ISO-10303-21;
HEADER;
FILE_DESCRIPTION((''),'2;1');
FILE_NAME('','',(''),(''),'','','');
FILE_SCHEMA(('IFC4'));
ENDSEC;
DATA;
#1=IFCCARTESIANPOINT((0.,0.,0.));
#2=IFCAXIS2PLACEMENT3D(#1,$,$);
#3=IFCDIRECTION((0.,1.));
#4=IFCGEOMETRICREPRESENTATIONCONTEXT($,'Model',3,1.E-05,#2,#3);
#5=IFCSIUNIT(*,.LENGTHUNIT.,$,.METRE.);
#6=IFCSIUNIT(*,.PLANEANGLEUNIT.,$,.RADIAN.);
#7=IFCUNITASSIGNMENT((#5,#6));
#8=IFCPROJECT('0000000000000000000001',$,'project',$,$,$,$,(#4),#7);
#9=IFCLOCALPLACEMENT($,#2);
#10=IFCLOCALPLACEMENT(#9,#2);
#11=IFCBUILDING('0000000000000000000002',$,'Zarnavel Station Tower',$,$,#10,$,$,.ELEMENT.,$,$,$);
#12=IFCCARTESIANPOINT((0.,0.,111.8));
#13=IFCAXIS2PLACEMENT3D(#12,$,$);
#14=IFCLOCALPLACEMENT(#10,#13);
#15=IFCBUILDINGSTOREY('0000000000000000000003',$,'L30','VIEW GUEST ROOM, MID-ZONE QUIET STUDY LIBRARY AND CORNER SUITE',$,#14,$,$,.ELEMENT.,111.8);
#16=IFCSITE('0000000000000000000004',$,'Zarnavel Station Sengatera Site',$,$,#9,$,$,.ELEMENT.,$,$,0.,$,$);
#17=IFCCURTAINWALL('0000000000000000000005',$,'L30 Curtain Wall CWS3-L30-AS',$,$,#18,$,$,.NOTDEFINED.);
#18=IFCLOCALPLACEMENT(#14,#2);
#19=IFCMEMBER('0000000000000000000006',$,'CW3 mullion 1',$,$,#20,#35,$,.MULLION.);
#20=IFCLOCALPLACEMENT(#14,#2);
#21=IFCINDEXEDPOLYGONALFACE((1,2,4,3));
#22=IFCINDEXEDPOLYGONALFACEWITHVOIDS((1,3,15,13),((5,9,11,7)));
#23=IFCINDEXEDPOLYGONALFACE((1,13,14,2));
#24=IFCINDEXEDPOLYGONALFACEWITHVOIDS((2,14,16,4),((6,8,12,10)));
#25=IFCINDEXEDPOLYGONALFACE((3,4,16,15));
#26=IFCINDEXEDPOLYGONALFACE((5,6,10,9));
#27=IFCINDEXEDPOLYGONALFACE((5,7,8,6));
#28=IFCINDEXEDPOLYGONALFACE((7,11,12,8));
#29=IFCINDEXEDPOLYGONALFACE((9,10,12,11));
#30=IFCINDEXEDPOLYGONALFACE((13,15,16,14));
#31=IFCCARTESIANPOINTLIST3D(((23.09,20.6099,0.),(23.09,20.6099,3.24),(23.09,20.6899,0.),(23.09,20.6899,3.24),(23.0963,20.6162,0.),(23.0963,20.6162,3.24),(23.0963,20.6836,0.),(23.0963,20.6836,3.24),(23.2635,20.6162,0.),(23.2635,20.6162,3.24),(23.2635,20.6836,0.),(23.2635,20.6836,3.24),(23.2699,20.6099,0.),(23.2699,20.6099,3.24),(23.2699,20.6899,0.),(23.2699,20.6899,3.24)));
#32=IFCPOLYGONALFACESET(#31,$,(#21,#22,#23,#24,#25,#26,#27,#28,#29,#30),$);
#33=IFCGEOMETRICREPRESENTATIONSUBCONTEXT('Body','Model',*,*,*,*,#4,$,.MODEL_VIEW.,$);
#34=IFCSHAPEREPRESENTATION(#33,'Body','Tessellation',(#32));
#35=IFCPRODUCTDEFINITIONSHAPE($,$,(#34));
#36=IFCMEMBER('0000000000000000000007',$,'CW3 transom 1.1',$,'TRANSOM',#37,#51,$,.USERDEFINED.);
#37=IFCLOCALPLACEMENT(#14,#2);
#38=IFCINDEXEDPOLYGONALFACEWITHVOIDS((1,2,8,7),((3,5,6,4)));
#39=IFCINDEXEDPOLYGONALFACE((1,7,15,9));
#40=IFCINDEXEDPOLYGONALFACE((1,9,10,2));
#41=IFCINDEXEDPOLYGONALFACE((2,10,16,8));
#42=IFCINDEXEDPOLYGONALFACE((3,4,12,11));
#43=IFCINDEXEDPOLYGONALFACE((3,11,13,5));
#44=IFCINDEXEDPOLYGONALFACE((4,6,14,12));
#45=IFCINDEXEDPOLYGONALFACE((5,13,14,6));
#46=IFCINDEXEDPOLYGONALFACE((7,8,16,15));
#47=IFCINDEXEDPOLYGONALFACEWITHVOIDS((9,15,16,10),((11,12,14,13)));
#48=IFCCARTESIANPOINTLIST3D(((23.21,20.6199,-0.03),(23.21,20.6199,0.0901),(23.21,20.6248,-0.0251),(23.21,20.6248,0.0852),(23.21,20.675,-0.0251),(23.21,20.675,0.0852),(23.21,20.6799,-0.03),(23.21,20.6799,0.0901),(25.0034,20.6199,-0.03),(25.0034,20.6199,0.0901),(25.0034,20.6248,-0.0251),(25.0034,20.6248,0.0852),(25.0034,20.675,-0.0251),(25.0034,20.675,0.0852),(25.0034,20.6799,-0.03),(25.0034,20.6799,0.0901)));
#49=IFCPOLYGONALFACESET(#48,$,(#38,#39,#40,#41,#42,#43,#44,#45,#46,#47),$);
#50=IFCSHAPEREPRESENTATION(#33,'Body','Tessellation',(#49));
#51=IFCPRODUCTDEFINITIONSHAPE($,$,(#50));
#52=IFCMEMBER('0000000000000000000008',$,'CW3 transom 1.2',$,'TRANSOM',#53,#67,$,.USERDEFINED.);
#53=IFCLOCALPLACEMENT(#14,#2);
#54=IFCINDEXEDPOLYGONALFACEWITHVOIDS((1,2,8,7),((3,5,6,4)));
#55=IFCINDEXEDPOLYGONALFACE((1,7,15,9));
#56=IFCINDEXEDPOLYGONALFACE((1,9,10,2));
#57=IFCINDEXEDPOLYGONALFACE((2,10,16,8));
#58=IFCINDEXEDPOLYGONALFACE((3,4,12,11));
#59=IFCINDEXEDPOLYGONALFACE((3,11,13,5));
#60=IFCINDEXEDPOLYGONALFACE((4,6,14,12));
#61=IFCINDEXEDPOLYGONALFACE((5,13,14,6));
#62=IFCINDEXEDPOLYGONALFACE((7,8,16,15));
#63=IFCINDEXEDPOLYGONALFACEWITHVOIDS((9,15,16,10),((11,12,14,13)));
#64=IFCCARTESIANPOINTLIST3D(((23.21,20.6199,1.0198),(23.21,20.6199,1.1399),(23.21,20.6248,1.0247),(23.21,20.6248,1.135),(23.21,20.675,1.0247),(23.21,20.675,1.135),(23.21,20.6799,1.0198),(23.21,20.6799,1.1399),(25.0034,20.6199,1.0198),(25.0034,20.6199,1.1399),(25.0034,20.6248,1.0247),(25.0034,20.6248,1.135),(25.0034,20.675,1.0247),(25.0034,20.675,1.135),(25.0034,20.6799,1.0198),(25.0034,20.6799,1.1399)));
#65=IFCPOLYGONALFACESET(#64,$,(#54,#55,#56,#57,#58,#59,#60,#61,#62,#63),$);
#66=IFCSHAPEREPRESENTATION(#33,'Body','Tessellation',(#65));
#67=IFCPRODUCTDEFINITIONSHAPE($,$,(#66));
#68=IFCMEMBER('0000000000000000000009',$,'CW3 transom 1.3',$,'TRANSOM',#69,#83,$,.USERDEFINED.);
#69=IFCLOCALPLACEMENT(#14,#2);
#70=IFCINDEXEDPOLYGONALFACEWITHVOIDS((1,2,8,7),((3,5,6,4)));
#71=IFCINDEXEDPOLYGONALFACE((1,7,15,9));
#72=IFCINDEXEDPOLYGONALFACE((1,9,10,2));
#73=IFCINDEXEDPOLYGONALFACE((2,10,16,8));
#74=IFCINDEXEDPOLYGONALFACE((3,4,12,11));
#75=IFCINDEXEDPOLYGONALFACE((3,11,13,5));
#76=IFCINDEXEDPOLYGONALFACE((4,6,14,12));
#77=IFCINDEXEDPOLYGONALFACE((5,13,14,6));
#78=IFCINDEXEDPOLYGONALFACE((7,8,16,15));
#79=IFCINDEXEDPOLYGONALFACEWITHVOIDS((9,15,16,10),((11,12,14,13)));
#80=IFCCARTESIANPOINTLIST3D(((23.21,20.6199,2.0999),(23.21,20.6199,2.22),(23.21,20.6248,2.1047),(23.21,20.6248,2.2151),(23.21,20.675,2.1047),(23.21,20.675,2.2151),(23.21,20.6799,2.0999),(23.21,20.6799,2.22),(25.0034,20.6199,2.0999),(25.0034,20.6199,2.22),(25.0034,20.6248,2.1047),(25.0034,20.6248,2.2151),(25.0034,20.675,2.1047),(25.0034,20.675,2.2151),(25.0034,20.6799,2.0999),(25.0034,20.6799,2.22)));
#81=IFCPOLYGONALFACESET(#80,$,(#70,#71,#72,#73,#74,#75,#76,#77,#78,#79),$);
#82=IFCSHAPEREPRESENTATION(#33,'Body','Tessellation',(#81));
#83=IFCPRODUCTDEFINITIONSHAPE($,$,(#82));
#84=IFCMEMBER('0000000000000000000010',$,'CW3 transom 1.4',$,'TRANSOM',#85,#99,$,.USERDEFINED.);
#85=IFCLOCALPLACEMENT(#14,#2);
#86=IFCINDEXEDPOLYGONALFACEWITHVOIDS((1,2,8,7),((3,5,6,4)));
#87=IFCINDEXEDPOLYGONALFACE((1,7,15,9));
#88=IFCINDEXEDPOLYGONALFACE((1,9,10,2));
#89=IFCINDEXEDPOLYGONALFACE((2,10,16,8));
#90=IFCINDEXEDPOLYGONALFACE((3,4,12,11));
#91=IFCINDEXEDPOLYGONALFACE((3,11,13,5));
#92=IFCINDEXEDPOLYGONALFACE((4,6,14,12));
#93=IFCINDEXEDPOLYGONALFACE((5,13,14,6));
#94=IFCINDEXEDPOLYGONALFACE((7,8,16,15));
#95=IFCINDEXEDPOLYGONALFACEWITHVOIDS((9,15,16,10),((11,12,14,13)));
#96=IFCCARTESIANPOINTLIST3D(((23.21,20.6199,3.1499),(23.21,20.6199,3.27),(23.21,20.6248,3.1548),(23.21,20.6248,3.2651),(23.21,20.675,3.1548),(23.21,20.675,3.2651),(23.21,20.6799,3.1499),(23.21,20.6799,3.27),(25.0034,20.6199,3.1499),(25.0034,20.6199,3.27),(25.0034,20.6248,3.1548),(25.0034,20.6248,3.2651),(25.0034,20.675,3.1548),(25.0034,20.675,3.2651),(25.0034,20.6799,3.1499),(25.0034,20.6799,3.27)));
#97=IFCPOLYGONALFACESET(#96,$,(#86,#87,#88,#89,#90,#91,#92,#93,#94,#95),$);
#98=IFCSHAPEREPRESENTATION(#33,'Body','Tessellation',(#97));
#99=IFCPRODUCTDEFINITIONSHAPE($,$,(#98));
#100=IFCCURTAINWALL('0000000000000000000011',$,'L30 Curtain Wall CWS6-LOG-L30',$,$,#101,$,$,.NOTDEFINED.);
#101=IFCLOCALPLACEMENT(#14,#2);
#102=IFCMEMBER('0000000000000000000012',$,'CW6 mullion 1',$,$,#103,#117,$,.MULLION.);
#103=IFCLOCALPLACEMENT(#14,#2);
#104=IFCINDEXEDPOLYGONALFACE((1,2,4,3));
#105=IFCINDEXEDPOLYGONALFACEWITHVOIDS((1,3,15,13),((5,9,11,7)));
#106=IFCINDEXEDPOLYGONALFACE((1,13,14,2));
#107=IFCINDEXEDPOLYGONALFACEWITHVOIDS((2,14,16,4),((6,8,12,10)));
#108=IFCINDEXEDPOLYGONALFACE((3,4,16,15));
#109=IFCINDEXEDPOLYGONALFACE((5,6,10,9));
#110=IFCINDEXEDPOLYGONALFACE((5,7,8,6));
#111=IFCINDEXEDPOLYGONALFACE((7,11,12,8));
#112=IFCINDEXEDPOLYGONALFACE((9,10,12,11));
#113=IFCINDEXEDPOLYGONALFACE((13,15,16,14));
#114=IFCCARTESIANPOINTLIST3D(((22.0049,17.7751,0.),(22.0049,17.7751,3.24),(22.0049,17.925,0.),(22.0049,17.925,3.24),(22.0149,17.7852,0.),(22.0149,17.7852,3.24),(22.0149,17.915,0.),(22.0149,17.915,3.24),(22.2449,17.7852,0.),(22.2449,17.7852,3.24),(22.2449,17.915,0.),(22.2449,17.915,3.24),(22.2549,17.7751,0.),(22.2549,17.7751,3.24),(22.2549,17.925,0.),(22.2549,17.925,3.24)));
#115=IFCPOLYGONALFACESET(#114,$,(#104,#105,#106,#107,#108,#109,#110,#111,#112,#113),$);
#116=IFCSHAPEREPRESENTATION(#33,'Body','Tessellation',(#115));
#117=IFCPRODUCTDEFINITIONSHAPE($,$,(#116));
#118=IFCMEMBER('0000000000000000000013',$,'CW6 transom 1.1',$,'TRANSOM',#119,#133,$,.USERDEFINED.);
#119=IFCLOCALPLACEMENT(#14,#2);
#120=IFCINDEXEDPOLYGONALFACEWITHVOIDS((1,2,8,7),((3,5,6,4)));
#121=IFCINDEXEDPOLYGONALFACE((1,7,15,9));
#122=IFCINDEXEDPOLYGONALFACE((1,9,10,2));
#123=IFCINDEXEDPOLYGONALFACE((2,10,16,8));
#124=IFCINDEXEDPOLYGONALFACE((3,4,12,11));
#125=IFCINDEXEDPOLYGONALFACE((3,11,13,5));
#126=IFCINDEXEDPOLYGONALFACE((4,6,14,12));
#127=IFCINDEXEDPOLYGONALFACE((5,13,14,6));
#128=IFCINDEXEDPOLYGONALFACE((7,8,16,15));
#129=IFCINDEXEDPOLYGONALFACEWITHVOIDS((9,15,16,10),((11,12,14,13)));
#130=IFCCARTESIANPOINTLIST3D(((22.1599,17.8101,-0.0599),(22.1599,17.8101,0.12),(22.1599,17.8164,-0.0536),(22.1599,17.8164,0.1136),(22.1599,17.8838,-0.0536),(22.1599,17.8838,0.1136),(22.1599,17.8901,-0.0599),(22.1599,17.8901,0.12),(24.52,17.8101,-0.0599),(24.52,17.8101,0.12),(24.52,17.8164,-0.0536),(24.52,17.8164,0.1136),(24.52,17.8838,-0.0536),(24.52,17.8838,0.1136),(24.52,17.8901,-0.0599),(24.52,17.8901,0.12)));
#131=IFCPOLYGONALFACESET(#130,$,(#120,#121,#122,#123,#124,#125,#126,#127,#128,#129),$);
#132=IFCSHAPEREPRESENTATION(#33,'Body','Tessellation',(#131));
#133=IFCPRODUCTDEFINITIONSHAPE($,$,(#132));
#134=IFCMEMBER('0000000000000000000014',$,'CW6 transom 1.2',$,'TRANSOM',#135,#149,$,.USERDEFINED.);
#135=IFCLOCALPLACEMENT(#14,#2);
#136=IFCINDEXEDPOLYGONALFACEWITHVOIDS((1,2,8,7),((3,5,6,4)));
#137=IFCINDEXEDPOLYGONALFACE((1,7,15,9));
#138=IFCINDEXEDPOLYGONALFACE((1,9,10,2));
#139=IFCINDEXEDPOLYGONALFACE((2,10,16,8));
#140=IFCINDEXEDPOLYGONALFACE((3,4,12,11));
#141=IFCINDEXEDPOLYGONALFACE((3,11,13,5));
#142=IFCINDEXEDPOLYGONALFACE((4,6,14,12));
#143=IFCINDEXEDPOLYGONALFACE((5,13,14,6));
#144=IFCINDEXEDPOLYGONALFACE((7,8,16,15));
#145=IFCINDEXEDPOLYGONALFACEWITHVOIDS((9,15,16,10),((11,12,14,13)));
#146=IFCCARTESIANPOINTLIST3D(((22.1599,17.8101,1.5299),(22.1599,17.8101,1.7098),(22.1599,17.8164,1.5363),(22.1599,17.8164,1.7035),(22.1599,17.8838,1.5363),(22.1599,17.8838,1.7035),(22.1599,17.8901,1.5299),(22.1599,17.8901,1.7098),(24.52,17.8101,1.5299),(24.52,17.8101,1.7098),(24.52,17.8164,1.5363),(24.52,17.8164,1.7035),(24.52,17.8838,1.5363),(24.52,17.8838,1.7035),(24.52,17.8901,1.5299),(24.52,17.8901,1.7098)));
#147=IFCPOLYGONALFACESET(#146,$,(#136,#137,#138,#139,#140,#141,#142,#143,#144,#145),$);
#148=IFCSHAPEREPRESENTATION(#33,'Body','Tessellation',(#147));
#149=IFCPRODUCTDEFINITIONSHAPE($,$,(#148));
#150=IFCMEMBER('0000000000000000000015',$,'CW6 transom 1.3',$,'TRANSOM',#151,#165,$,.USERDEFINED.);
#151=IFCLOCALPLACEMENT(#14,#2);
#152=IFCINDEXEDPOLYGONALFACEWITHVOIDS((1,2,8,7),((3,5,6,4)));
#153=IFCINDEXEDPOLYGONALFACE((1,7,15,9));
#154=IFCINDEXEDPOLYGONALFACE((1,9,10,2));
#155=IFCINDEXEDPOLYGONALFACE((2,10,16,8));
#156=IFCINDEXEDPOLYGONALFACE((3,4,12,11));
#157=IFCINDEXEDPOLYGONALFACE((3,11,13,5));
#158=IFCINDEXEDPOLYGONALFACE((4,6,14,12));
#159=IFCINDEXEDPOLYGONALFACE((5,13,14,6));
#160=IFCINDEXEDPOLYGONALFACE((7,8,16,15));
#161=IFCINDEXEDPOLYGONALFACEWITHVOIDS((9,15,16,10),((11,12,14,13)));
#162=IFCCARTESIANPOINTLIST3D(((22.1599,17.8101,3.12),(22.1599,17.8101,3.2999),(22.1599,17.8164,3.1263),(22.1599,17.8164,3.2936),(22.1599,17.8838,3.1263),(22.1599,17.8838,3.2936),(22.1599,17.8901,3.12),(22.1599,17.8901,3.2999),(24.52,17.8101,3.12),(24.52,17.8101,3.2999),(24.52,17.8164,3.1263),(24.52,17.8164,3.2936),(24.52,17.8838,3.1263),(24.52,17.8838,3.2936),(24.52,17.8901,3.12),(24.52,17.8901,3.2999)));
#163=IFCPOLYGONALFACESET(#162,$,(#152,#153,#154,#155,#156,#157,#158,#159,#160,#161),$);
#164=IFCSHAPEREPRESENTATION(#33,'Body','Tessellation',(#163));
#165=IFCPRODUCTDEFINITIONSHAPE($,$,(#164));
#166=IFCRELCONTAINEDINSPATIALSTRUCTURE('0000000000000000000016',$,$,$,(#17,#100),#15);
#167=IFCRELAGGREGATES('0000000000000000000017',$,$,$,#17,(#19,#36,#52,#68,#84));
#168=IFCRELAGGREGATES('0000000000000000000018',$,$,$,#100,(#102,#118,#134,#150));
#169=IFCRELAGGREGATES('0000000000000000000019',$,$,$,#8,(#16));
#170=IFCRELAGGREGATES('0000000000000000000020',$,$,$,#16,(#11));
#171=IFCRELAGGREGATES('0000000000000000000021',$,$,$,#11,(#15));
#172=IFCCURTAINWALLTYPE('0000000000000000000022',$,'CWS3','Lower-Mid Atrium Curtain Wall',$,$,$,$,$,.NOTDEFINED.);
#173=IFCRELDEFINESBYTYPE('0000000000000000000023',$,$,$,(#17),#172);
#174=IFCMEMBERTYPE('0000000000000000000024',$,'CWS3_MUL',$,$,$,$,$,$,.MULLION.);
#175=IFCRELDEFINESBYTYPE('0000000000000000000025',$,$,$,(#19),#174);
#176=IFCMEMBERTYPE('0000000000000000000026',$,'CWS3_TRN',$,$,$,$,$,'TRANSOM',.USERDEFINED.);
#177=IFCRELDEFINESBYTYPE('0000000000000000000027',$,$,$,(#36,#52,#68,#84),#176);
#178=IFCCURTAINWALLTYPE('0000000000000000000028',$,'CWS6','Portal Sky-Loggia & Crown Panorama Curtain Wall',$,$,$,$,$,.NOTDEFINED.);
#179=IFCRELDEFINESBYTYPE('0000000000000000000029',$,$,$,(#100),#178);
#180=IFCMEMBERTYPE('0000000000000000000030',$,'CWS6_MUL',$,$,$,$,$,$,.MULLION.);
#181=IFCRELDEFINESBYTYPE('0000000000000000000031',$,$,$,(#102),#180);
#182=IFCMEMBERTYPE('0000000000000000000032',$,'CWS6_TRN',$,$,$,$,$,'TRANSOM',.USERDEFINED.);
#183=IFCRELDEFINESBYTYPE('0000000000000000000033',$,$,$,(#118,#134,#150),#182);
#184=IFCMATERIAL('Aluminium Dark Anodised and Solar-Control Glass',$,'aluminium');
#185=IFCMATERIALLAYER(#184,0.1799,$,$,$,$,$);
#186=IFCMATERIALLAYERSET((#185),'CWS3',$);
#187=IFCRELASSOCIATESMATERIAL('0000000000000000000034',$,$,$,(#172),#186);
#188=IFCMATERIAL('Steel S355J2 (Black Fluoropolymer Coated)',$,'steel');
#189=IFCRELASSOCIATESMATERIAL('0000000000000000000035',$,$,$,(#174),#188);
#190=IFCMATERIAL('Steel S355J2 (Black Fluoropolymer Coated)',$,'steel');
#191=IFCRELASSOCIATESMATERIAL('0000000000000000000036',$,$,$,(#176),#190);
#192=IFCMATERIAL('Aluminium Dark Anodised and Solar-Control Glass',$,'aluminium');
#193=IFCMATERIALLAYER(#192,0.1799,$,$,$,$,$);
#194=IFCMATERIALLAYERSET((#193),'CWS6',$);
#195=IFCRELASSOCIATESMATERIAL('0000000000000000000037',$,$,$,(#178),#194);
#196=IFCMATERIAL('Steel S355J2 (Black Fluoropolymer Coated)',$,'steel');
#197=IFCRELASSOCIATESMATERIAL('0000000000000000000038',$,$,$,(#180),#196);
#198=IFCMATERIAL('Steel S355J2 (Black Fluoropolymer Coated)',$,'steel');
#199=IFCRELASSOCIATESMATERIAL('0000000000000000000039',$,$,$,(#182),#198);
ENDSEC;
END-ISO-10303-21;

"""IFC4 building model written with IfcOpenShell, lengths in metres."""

from ifc_helpers import new_model, si_unit, direction, frame, origin, origin_2d, place, context, subcontext, project, spatial, hollow_rectangle, extrude, material, layer, layer_set, material_profile, profile_set, type_object, element, aggregate, save


model = new_model("IFC4")

# Units and contexts
model_context = context("Model", 3, precision=1e-05, world=origin(), true_north=direction((0.0, 1.0)))
body_context = subcontext(model_context, "Body", "Model", "MODEL_VIEW")
ifc_project = project(units=[si_unit("LENGTHUNIT", "METRE"), si_unit("PLANEANGLEUNIT", "RADIAN")], contexts=[model_context])

# Site, building, storey
site_placement = place(None, origin())
site = spatial("IfcSite", under=ifc_project, at=site_placement, Name="Zarnavel Station Sengatera Site", CompositionType="ELEMENT", RefElevation=0.0)
building_placement = place(site_placement, origin())
building = spatial("IfcBuilding", under=site, at=building_placement, Name="Zarnavel Station Tower", CompositionType="ELEMENT")
storey_placement = place(building_placement, frame((0.0, 0.0, 111.8)))
storey = spatial("IfcBuildingStorey", under=building, at=storey_placement, Name="L30", Description="VIEW GUEST ROOM, MID-ZONE QUIET STUDY LIBRARY AND CORNER SUITE", CompositionType="ELEMENT", Elevation=111.8)

# Curtain walls, members
ifc_material_1 = material(Name="Aluminium Dark Anodised and Solar-Control Glass", Category="aluminium")
ifc_layer_1 = layer(ifc_material_1, 0.1799)
ifc_layer_set_1 = layer_set([ifc_layer_1], Name="CWS3")
curtain_wall_type_1 = type_object("IfcCurtainWallType", Name="CWS3", Description="Lower-Mid Atrium Curtain Wall", PredefinedType="NOTDEFINED", material=ifc_layer_set_1)
curtain_wall_1_placement = place(storey_placement, origin())
curtain_wall_1 = element("IfcCurtainWall", 1, at=curtain_wall_1_placement, inside=storey, type_object=curtain_wall_type_1, Name="L30 Curtain Wall CWS3-L30-AS", PredefinedType="NOTDEFINED")
ifc_material_2 = material(Name="Steel S355J2 (Black Fluoropolymer Coated)", Category="steel")
ifc_material_profile_1 = material_profile(ifc_material_2, hollow_rectangle(XDim=0.0801, YDim=0.1799, WallThickness=0.0063, at=origin_2d()), Name="RHS180x80x6.3")
ifc_profile_set_1 = profile_set([ifc_material_profile_1], Name="Steel S355J2 (Black Fluoropolymer Coated)")
member_type_1 = type_object("IfcMemberType", Name="CWS3_MUL", PredefinedType="MULLION", material=ifc_profile_set_1)
member_1_placement = place(storey_placement, frame((23.1799, 20.6499, 0.0), z_axis=(0.0, 0.0, 1.0), x_axis=(0.0, 1.0, 0.0)))
member_1 = element("IfcMember", 2, at=member_1_placement, type_object=member_type_1, Name="CW3 mullion 1", PredefinedType="MULLION", context=body_context, shape_type="SweptSolid", body=[
    extrude(hollow_rectangle(XDim=0.0801, YDim=0.1799, WallThickness=0.0063, at=origin_2d()), origin(), (0.0, 0.0, 1.0), 3.24),
])
ifc_material_3 = material(Name="Steel S355J2 (Black Fluoropolymer Coated)", Category="steel")
ifc_material_profile_2 = material_profile(ifc_material_3, hollow_rectangle(XDim=0.0601, YDim=0.1201, WallThickness=0.0049, at=origin_2d()), Name="RHS120x60x5")
ifc_profile_set_2 = profile_set([ifc_material_profile_2], Name="Steel S355J2 (Black Fluoropolymer Coated)")
member_type_2 = type_object("IfcMemberType", Name="CWS3_TRN", ElementType="TRANSOM", PredefinedType="USERDEFINED", material=ifc_profile_set_2)
member_2_placement = place(storey_placement, frame((23.21, 20.6499, 0.03), z_axis=(1.0, 0.0, 0.0), x_axis=(0.0, 1.0, 0.0)))
member_2 = element("IfcMember", 3, at=member_2_placement, type_object=member_type_2, Name="CW3 transom 1.1", ObjectType="TRANSOM", PredefinedType="USERDEFINED", context=body_context, shape_type="SweptSolid", body=[
    extrude(hollow_rectangle(XDim=0.0601, YDim=0.1201, WallThickness=0.0049, at=origin_2d()), origin(), (0.0, 0.0, 1.0), 1.7935),
])
member_3_placement = place(storey_placement, frame((23.21, 20.6499, 1.0798), z_axis=(1.0, 0.0, 0.0), x_axis=(0.0, 1.0, 0.0)))
member_3 = element("IfcMember", 4, at=member_3_placement, type_object=member_type_2, Name="CW3 transom 1.2", ObjectType="TRANSOM", PredefinedType="USERDEFINED", context=body_context, shape_type="SweptSolid", body=[
    extrude(hollow_rectangle(XDim=0.0601, YDim=0.1201, WallThickness=0.0049, at=origin_2d()), origin(), (0.0, 0.0, 1.0), 1.7935),
])
member_4_placement = place(storey_placement, frame((23.21, 20.6499, 2.1599), z_axis=(1.0, 0.0, 0.0), x_axis=(0.0, 1.0, 0.0)))
member_4 = element("IfcMember", 5, at=member_4_placement, type_object=member_type_2, Name="CW3 transom 1.3", ObjectType="TRANSOM", PredefinedType="USERDEFINED", context=body_context, shape_type="SweptSolid", body=[
    extrude(hollow_rectangle(XDim=0.0601, YDim=0.1201, WallThickness=0.0049, at=origin_2d()), origin(), (0.0, 0.0, 1.0), 1.7935),
])
member_5_placement = place(storey_placement, frame((23.21, 20.6499, 3.21), z_axis=(1.0, 0.0, 0.0), x_axis=(0.0, 1.0, 0.0)))
member_5 = element("IfcMember", 6, at=member_5_placement, type_object=member_type_2, Name="CW3 transom 1.4", ObjectType="TRANSOM", PredefinedType="USERDEFINED", context=body_context, shape_type="SweptSolid", body=[
    extrude(hollow_rectangle(XDim=0.0601, YDim=0.1201, WallThickness=0.0049, at=origin_2d()), origin(), (0.0, 0.0, 1.0), 1.7935),
])
ifc_material_4 = material(Name="Aluminium Dark Anodised and Solar-Control Glass", Category="aluminium")
ifc_layer_2 = layer(ifc_material_4, 0.1799)
ifc_layer_set_2 = layer_set([ifc_layer_2], Name="CWS6")
curtain_wall_type_2 = type_object("IfcCurtainWallType", Name="CWS6", Description="Portal Sky-Loggia & Crown Panorama Curtain Wall", PredefinedType="NOTDEFINED", material=ifc_layer_set_2)
curtain_wall_2_placement = place(storey_placement, origin())
curtain_wall_2 = element("IfcCurtainWall", 7, at=curtain_wall_2_placement, inside=storey, type_object=curtain_wall_type_2, Name="L30 Curtain Wall CWS6-LOG-L30", PredefinedType="NOTDEFINED")
ifc_material_5 = material(Name="Steel S355J2 (Black Fluoropolymer Coated)", Category="steel")
ifc_material_profile_3 = material_profile(ifc_material_5, hollow_rectangle(XDim=0.1499, YDim=0.25, WallThickness=0.01, at=origin_2d()), Name="RHS250x150x10")
ifc_profile_set_3 = profile_set([ifc_material_profile_3], Name="Steel S355J2 (Black Fluoropolymer Coated)")
member_type_3 = type_object("IfcMemberType", Name="CWS6_MUL", PredefinedType="MULLION", material=ifc_profile_set_3)
member_6_placement = place(storey_placement, frame((22.1299, 17.8501, 0.0), z_axis=(0.0, 0.0, 1.0), x_axis=(0.0, 1.0, 0.0)))
member_6 = element("IfcMember", 8, at=member_6_placement, type_object=member_type_3, Name="CW6 mullion 1", PredefinedType="MULLION", context=body_context, shape_type="SweptSolid", body=[
    extrude(hollow_rectangle(XDim=0.1499, YDim=0.25, WallThickness=0.01, at=origin_2d()), origin(), (0.0, 0.0, 1.0), 3.24),
])
ifc_material_6 = material(Name="Steel S355J2 (Black Fluoropolymer Coated)", Category="steel")
ifc_material_profile_4 = material_profile(ifc_material_6, hollow_rectangle(XDim=0.0801, YDim=0.1799, WallThickness=0.0063, at=origin_2d()), Name="RHS180x80x6.3")
ifc_profile_set_4 = profile_set([ifc_material_profile_4], Name="Steel S355J2 (Black Fluoropolymer Coated)")
member_type_4 = type_object("IfcMemberType", Name="CWS6_TRN", ElementType="TRANSOM", PredefinedType="USERDEFINED", material=ifc_profile_set_4)
member_7_placement = place(storey_placement, frame((22.1599, 17.8501, 0.03), z_axis=(1.0, 0.0, 0.0), x_axis=(0.0, 1.0, 0.0)))
member_7 = element("IfcMember", 9, at=member_7_placement, type_object=member_type_4, Name="CW6 transom 1.1", ObjectType="TRANSOM", PredefinedType="USERDEFINED", context=body_context, shape_type="SweptSolid", body=[
    extrude(hollow_rectangle(XDim=0.0801, YDim=0.1799, WallThickness=0.0063, at=origin_2d()), origin(), (0.0, 0.0, 1.0), 2.3601),
])
member_8_placement = place(storey_placement, frame((22.1599, 17.8501, 1.6199), z_axis=(1.0, 0.0, 0.0), x_axis=(0.0, 1.0, 0.0)))
member_8 = element("IfcMember", 10, at=member_8_placement, type_object=member_type_4, Name="CW6 transom 1.2", ObjectType="TRANSOM", PredefinedType="USERDEFINED", context=body_context, shape_type="SweptSolid", body=[
    extrude(hollow_rectangle(XDim=0.0801, YDim=0.1799, WallThickness=0.0063, at=origin_2d()), origin(), (0.0, 0.0, 1.0), 2.3601),
])
member_9_placement = place(storey_placement, frame((22.1599, 17.8501, 3.21), z_axis=(1.0, 0.0, 0.0), x_axis=(0.0, 1.0, 0.0)))
member_9 = element("IfcMember", 11, at=member_9_placement, type_object=member_type_4, Name="CW6 transom 1.3", ObjectType="TRANSOM", PredefinedType="USERDEFINED", context=body_context, shape_type="SweptSolid", body=[
    extrude(hollow_rectangle(XDim=0.0801, YDim=0.1799, WallThickness=0.0063, at=origin_2d()), origin(), (0.0, 0.0, 1.0), 2.3601),
])

aggregate(curtain_wall_1, [member_1, member_2, member_3, member_4, member_5])
aggregate(curtain_wall_2, [member_6, member_7, member_8, member_9])

save(model, "model.ifc")
